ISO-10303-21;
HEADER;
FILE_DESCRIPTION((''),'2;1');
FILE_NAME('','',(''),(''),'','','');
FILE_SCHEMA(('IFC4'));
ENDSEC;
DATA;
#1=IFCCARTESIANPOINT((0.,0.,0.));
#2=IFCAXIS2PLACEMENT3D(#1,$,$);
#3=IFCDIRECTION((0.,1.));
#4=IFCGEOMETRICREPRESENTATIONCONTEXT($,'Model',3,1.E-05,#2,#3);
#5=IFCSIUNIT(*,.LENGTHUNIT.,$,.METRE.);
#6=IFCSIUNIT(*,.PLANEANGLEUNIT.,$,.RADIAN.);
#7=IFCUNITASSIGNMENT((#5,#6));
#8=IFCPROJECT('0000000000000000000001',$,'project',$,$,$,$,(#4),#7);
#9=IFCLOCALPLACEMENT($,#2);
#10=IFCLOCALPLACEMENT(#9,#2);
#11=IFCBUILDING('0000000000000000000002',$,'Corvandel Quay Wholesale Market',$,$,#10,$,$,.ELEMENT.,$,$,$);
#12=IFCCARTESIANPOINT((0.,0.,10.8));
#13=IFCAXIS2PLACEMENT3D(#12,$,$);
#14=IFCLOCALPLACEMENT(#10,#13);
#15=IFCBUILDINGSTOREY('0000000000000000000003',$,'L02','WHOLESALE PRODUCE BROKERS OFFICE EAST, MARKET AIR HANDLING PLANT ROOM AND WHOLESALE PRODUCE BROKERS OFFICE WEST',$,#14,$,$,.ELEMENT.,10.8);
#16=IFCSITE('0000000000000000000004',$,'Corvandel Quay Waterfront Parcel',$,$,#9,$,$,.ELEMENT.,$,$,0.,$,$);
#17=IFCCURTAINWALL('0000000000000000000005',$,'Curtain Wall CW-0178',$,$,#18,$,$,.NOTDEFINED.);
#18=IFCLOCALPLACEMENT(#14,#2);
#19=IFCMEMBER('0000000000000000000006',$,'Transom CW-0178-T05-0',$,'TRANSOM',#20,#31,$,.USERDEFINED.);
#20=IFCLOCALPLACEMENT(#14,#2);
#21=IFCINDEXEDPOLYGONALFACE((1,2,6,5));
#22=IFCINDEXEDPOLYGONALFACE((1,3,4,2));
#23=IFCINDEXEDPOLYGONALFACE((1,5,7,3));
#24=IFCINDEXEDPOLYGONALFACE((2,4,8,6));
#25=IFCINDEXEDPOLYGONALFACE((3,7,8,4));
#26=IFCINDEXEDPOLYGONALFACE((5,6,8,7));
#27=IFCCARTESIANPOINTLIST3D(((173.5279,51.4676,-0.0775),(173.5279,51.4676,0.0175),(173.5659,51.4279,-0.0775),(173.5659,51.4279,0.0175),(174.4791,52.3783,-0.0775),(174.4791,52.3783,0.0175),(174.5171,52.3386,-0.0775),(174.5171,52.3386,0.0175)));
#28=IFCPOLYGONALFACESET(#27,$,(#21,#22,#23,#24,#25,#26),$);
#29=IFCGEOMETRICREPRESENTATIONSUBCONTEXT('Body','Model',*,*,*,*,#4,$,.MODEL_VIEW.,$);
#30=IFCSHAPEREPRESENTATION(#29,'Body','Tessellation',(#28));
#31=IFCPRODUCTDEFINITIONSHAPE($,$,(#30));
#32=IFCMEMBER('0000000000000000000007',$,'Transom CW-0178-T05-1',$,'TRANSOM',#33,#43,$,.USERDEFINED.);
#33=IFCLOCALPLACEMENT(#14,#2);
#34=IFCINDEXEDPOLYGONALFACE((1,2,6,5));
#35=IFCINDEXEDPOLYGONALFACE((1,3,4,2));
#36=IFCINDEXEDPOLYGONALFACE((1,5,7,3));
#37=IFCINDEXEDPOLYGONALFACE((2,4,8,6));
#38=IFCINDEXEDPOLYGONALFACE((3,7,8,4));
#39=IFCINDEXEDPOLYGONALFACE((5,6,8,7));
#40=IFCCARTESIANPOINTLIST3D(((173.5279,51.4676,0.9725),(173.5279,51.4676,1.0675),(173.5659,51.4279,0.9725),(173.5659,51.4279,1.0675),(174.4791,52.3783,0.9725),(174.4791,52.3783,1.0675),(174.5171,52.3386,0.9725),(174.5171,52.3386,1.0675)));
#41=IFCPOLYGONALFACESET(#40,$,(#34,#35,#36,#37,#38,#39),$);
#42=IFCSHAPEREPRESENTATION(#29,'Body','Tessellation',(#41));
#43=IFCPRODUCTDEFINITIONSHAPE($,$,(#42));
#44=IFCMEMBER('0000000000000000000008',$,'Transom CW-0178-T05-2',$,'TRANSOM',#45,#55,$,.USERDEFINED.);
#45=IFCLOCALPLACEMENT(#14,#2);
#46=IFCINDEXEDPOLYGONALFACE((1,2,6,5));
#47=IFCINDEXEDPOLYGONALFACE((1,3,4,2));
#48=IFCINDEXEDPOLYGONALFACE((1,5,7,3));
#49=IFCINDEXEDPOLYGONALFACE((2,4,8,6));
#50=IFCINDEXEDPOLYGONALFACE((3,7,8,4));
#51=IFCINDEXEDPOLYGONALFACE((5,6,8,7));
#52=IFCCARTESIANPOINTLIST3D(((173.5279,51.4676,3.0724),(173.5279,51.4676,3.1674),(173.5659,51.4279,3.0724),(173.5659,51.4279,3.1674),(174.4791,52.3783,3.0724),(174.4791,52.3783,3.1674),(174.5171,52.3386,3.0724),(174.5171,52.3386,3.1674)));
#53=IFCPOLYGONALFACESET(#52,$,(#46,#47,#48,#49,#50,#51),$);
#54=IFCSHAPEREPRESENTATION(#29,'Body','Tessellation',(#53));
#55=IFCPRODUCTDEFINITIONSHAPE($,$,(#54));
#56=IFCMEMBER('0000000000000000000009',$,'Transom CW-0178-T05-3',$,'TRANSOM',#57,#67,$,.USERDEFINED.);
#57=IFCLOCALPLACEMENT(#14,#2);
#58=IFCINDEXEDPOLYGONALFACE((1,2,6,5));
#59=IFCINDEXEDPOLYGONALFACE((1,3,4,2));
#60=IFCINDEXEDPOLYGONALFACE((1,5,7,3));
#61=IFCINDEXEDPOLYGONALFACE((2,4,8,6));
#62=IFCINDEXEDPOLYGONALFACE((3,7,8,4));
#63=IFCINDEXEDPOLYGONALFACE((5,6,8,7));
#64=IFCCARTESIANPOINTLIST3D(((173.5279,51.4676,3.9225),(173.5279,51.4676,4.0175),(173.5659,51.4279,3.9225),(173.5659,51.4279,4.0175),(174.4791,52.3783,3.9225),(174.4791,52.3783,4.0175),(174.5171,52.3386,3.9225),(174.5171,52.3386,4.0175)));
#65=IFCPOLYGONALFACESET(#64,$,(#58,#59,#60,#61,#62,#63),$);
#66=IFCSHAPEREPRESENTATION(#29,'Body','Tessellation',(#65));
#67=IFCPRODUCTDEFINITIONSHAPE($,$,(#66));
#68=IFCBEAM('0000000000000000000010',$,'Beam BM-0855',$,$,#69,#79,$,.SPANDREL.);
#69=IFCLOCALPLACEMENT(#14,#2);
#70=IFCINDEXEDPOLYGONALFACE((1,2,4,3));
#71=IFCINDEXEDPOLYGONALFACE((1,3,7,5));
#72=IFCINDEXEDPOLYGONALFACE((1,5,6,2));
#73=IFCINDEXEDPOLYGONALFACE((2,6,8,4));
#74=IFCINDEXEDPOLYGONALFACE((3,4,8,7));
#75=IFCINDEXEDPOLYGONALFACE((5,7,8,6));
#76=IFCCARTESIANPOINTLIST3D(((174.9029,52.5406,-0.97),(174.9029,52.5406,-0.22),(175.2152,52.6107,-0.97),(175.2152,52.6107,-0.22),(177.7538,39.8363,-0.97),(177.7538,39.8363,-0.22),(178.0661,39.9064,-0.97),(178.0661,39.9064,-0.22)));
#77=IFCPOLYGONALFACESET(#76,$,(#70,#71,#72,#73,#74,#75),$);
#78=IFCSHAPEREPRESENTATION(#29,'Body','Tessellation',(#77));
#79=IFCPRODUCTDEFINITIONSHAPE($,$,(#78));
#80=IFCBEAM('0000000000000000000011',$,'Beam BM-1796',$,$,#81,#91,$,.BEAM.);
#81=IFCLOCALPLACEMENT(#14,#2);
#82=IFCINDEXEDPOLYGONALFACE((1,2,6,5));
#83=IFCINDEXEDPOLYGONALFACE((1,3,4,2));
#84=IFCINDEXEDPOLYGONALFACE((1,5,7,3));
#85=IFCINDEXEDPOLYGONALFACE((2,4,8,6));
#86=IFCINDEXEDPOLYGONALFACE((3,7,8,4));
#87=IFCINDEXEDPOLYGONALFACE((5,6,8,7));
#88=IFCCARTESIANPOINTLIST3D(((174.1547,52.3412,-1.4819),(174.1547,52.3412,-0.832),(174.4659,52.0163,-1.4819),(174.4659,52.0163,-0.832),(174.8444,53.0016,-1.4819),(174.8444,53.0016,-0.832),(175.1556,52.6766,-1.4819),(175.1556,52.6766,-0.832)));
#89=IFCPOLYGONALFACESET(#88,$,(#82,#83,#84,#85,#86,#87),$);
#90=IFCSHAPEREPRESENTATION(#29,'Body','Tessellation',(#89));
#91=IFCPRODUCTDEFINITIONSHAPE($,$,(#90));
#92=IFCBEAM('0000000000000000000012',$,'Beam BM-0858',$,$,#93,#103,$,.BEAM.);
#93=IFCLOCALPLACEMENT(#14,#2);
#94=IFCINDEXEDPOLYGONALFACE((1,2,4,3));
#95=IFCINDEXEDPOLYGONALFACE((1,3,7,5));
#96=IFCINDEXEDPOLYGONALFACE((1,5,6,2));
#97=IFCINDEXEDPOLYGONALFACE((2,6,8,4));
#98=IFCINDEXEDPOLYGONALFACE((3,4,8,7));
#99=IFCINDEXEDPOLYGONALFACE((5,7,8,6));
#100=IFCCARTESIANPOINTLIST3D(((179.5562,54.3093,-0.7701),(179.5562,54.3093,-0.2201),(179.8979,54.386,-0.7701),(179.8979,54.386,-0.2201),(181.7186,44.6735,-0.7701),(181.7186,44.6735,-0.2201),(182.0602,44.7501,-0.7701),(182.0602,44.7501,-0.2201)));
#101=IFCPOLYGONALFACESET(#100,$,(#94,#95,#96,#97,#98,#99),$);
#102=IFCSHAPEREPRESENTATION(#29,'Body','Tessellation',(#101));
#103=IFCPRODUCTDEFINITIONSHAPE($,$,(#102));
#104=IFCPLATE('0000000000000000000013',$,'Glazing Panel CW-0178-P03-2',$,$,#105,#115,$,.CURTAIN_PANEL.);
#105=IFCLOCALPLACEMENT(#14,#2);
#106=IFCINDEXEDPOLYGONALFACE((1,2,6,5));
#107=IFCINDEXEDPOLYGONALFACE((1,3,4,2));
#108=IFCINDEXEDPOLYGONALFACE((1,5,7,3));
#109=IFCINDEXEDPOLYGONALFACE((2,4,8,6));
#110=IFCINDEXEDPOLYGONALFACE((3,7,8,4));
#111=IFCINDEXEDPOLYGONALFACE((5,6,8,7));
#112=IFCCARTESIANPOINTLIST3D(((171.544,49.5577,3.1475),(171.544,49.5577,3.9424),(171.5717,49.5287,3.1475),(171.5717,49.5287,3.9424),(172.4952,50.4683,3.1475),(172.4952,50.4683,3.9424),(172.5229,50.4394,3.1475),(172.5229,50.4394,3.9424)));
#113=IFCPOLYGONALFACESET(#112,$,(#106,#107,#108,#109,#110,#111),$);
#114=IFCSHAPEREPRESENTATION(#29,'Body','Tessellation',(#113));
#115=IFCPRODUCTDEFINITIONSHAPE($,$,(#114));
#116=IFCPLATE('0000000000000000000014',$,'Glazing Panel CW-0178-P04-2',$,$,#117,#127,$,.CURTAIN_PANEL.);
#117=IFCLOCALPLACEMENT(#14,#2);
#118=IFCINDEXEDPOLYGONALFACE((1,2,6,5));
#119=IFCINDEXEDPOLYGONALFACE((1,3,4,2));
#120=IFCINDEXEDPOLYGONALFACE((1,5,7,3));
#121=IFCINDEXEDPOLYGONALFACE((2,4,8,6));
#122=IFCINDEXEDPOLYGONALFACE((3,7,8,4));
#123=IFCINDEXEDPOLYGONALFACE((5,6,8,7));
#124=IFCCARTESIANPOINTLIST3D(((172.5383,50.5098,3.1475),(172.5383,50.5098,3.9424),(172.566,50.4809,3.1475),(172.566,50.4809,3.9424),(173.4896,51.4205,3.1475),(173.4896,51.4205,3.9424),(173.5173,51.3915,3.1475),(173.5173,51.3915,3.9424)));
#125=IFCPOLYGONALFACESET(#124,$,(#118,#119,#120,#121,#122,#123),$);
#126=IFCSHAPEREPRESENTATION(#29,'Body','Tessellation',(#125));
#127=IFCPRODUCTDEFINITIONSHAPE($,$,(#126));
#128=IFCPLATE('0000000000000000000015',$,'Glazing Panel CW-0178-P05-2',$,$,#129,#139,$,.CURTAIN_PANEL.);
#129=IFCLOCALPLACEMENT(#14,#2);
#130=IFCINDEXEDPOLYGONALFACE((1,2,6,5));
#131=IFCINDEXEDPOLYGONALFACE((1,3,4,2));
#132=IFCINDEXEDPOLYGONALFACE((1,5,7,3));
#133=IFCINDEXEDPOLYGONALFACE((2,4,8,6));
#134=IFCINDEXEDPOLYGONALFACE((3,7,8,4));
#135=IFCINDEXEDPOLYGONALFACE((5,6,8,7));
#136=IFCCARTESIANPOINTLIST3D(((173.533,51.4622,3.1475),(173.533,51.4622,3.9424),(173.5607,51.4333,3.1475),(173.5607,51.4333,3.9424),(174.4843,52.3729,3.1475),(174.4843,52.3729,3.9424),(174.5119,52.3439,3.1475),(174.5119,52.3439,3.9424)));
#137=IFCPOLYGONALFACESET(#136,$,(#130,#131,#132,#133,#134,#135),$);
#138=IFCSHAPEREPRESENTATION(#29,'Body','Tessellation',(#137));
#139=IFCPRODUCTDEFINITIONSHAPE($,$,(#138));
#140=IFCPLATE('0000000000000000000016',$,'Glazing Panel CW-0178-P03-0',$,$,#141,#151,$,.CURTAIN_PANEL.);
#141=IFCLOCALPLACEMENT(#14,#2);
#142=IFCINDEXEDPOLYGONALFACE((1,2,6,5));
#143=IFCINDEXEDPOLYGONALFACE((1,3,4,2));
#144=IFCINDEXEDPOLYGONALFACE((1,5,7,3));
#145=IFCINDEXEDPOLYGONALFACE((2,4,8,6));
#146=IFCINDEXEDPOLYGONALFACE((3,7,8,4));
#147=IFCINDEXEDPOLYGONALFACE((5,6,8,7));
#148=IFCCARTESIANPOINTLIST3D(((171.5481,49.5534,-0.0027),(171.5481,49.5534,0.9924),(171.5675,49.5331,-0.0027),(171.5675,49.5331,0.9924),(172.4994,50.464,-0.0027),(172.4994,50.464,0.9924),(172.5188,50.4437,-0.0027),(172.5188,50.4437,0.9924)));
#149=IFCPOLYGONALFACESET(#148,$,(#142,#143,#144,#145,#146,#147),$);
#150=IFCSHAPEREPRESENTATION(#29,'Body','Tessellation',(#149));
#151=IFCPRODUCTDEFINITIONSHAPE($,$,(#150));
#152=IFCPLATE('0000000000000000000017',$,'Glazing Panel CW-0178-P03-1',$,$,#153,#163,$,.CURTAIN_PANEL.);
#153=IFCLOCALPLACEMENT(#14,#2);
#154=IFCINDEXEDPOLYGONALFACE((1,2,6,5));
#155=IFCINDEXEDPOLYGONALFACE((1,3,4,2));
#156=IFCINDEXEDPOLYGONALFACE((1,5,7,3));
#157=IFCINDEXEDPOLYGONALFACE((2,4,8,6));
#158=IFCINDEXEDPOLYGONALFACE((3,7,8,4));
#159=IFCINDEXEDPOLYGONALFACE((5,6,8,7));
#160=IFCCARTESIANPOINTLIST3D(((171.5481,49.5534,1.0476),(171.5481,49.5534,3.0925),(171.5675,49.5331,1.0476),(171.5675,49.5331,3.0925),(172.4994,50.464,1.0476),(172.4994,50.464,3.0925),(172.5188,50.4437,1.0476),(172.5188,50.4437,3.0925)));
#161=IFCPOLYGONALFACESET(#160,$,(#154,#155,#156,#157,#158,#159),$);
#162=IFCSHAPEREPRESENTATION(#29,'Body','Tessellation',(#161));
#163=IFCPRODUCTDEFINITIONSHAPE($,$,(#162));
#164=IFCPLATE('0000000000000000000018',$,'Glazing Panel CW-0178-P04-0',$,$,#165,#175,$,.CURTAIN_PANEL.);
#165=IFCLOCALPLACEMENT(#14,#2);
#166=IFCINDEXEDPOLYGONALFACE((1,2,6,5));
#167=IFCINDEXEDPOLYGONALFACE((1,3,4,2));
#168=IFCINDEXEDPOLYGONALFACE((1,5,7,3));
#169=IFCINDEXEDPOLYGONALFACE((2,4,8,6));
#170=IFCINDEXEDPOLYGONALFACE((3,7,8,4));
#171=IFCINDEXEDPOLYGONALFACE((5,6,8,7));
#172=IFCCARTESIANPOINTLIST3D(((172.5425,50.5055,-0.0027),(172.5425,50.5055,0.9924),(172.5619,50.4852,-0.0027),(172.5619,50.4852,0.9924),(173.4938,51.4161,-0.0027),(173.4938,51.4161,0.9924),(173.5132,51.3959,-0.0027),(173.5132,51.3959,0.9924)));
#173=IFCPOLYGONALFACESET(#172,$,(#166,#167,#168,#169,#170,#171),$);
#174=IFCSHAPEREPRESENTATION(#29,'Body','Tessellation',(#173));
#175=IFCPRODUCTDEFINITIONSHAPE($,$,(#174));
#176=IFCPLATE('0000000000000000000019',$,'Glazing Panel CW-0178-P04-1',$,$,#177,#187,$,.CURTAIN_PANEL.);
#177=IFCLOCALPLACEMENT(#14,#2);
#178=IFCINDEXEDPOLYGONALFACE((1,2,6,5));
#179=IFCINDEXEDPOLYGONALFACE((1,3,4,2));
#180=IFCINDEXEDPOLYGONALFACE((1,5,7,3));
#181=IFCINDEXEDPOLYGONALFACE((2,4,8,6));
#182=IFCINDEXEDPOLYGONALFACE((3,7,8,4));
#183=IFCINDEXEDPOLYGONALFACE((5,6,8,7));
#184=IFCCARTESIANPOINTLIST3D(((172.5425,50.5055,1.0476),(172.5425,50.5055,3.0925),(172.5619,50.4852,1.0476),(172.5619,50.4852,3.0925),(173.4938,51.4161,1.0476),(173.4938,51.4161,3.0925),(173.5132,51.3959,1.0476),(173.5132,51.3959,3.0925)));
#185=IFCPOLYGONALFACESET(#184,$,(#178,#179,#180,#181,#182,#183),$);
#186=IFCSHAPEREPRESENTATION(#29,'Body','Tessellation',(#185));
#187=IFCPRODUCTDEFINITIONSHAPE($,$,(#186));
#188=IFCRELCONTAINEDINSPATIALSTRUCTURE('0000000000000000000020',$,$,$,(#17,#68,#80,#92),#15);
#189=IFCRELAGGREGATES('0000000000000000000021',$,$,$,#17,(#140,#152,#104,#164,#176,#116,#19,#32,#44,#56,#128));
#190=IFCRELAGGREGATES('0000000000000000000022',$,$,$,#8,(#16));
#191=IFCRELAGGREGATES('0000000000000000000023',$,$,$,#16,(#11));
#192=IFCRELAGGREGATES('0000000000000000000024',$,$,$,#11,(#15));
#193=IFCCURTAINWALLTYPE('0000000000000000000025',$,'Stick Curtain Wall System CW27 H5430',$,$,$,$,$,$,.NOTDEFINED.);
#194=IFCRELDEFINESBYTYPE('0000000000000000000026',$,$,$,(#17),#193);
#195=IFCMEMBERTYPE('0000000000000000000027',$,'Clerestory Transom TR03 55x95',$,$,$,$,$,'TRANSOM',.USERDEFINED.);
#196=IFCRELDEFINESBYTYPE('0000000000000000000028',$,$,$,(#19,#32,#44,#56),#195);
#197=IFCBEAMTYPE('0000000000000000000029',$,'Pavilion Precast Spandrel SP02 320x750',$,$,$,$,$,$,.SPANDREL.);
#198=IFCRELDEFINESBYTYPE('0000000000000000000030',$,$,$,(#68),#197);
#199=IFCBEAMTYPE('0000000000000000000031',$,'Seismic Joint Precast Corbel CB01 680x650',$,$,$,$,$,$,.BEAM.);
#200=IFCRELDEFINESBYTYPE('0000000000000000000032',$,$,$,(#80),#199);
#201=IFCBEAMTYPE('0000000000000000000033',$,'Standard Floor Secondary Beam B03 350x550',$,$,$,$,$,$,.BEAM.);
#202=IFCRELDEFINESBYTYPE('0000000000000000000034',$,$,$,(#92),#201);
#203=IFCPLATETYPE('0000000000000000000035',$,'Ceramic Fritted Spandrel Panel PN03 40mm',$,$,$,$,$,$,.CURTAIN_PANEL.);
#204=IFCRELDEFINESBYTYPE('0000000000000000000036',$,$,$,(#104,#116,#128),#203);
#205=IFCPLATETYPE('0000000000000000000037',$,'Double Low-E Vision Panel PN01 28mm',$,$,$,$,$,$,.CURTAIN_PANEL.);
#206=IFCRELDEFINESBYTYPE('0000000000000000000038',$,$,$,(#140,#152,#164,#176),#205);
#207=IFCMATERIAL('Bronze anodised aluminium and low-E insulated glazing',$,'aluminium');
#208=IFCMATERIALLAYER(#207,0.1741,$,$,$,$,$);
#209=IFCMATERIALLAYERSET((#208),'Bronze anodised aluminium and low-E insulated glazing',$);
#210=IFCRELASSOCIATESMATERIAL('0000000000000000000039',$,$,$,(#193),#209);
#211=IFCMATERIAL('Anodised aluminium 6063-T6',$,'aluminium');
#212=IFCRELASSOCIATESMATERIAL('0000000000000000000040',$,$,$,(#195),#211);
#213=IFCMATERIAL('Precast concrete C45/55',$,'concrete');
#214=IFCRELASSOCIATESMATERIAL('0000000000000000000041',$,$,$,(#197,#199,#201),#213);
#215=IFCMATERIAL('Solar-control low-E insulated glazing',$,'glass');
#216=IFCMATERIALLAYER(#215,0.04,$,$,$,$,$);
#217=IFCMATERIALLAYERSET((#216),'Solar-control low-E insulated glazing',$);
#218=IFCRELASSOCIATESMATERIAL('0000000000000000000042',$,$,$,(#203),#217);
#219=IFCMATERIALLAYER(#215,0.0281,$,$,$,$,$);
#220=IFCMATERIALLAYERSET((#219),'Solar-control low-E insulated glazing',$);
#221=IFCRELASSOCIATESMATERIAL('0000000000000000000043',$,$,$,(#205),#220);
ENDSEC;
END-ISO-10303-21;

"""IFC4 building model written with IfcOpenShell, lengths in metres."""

from ifc_helpers import new_model, si_unit, direction, frame, origin, origin_2d, place, context, subcontext, project, spatial, rectangle, extrude, material, layer, layer_set, material_profile, profile_set, type_object, element, aggregate, save


model = new_model("IFC4")

# Units and contexts
model_context = context("Model", 3, precision=1e-05, world=origin(), true_north=direction((0.0, 1.0)))
body_context = subcontext(model_context, "Body", "Model", "MODEL_VIEW")
ifc_project = project(units=[si_unit("LENGTHUNIT", "METRE"), si_unit("PLANEANGLEUNIT", "RADIAN")], contexts=[model_context])

# Site, building, storey
site_placement = place(None, origin())
site = spatial("IfcSite", under=ifc_project, at=site_placement, Name="Corvandel Quay Waterfront Parcel", CompositionType="ELEMENT", RefElevation=0.0)
building_placement = place(site_placement, origin())
building = spatial("IfcBuilding", under=site, at=building_placement, Name="Corvandel Quay Wholesale Market", CompositionType="ELEMENT")
storey_placement = place(building_placement, frame((0.0, 0.0, 10.8)))
storey = spatial("IfcBuildingStorey", under=building, at=storey_placement, Name="L02", Description="WHOLESALE PRODUCE BROKERS OFFICE EAST, MARKET AIR HANDLING PLANT ROOM AND WHOLESALE PRODUCE BROKERS OFFICE WEST", CompositionType="ELEMENT", Elevation=10.8)

# Shared definitions
ifc_material_1 = material(Name="Precast concrete C45/55", Category="concrete")

# Curtain wall, members
ifc_material_2 = material(Name="Bronze anodised aluminium and low-E insulated glazing", Category="aluminium")
ifc_layer_1 = layer(ifc_material_2, 0.1741)
ifc_layer_set_1 = layer_set([ifc_layer_1], Name="Bronze anodised aluminium and low-E insulated glazing")
curtain_wall_type = type_object("IfcCurtainWallType", Name="Stick Curtain Wall System CW27 H5430", PredefinedType="NOTDEFINED", material=ifc_layer_set_1)
curtain_wall_placement = place(storey_placement, origin())
curtain_wall = element("IfcCurtainWall", 1, at=curtain_wall_placement, inside=storey, type_object=curtain_wall_type, Name="Curtain Wall CW-0178", PredefinedType="NOTDEFINED")
ifc_material_3 = material(Name="Anodised aluminium 6063-T6", Category="aluminium")
ifc_material_profile_1 = material_profile(ifc_material_3, rectangle(XDim=0.0549, YDim=0.095, at=origin_2d()), Name="ALU-TRN-55x95")
ifc_profile_set_1 = profile_set([ifc_material_profile_1], Name="Anodised aluminium 6063-T6")
member_type_1 = type_object("IfcMemberType", Name="Clerestory Transom TR03 55x95", ElementType="TRANSOM", PredefinedType="USERDEFINED", material=ifc_profile_set_1)
member_1_placement = place(storey_placement, frame((173.5469, 51.4478, -0.03), z_axis=(0.722328, 0.691551, 0.0), x_axis=(-0.691551, 0.722328, 0.0)))
member_1 = element("IfcMember", 2, at=member_1_placement, type_object=member_type_1, Name="Transom CW-0178-T05-0", ObjectType="TRANSOM", PredefinedType="USERDEFINED", context=body_context, shape_type="SweptSolid", body=[
    extrude(rectangle(XDim=0.0549, YDim=0.095, at=origin_2d()), origin(), (0.0, 0.0, 1.0), 1.3169),
])
member_2_placement = place(storey_placement, frame((173.5469, 51.4478, 1.02), z_axis=(0.722328, 0.691551, 0.0), x_axis=(-0.691551, 0.722328, 0.0)))
member_2 = element("IfcMember", 3, at=member_2_placement, type_object=member_type_1, Name="Transom CW-0178-T05-1", ObjectType="TRANSOM", PredefinedType="USERDEFINED", context=body_context, shape_type="SweptSolid", body=[
    extrude(rectangle(XDim=0.0549, YDim=0.095, at=origin_2d()), origin(), (0.0, 0.0, 1.0), 1.3169),
])
member_3_placement = place(storey_placement, frame((173.5469, 51.4478, 3.1199), z_axis=(0.722328, 0.691551, 0.0), x_axis=(-0.691551, 0.722328, 0.0)))
member_3 = element("IfcMember", 4, at=member_3_placement, type_object=member_type_1, Name="Transom CW-0178-T05-2", ObjectType="TRANSOM", PredefinedType="USERDEFINED", context=body_context, shape_type="SweptSolid", body=[
    extrude(rectangle(XDim=0.0549, YDim=0.095, at=origin_2d()), origin(), (0.0, 0.0, 1.0), 1.3169),
])
member_4_placement = place(storey_placement, frame((173.5469, 51.4478, 3.97), z_axis=(0.722328, 0.691551, 0.0), x_axis=(-0.691551, 0.722328, 0.0)))
member_4 = element("IfcMember", 5, at=member_4_placement, type_object=member_type_1, Name="Transom CW-0178-T05-3", ObjectType="TRANSOM", PredefinedType="USERDEFINED", context=body_context, shape_type="SweptSolid", body=[
    extrude(rectangle(XDim=0.0549, YDim=0.095, at=origin_2d()), origin(), (0.0, 0.0, 1.0), 1.3169),
])

# Beams
ifc_material_profile_2 = material_profile(ifc_material_1, rectangle(XDim=0.3201, YDim=0.75, at=origin_2d()), Name="PC-SPN-320x750")
ifc_profile_set_2 = profile_set([ifc_material_profile_2], Name="Precast concrete C45/55")
beam_type_1 = type_object("IfcBeamType", Name="Pavilion Precast Spandrel SP02 320x750", PredefinedType="SPANDREL", material=ifc_profile_set_2)
beam_1_placement = place(storey_placement, frame((175.0591, 52.5757, -0.595), z_axis=(0.218953, -0.975735, 0.0), x_axis=(0.975735, 0.218953, 0.0)))
element("IfcBeam", 6, at=beam_1_placement, inside=storey, type_object=beam_type_1, Name="Beam BM-0855", PredefinedType="SPANDREL", context=body_context, shape_type="SweptSolid", body=[
    extrude(rectangle(XDim=0.3201, YDim=0.75, at=origin_2d()), origin(), (0.0, 0.0, 1.0), 13.0203),
])
ifc_material_profile_3 = material_profile(ifc_material_1, rectangle(XDim=0.45, YDim=0.6499, at=origin_2d()), Name="PC-COR-680x650")
ifc_profile_set_3 = profile_set([ifc_material_profile_3], Name="Precast concrete C45/55")
beam_type_2 = type_object("IfcBeamType", Name="Seismic Joint Precast Corbel CB01 680x650", PredefinedType="BEAM", material=ifc_profile_set_3)
beam_2_placement = place(storey_placement, frame((175.0, 52.8391, -1.157), z_axis=(-0.722281, -0.6916, 0.0), x_axis=(0.6916, -0.722281, 0.0)))
element("IfcBeam", 7, at=beam_2_placement, inside=storey, type_object=beam_type_2, Name="Beam BM-1796", PredefinedType="BEAM", context=body_context, shape_type="SweptSolid", body=[
    extrude(rectangle(XDim=0.45, YDim=0.6499, at=origin_2d()), origin(), (0.0, 0.0, 1.0), 0.9548),
])
ifc_material_profile_4 = material_profile(ifc_material_1, rectangle(XDim=0.3501, YDim=0.55, at=origin_2d()), Name="PC-BM-350x550")
ifc_profile_set_4 = profile_set([ifc_material_profile_4], Name="Precast concrete C45/55")
beam_type_3 = type_object("IfcBeamType", Name="Standard Floor Secondary Beam B03 350x550", PredefinedType="BEAM", material=ifc_profile_set_4)
beam_3_placement = place(storey_placement, frame((179.7271, 54.3477, -0.4951), z_axis=(0.218964, -0.975733, 0.0), x_axis=(0.975733, 0.218964, 0.0)))
element("IfcBeam", 8, at=beam_3_placement, inside=storey, type_object=beam_type_3, Name="Beam BM-0858", PredefinedType="BEAM", context=body_context, shape_type="SweptSolid", body=[
    extrude(rectangle(XDim=0.3501, YDim=0.55, at=origin_2d()), origin(), (0.0, 0.0, 1.0), 9.8755),
])

# Plates
ifc_material_4 = material(Name="Solar-control low-E insulated glazing", Category="glass")
ifc_layer_2 = layer(ifc_material_4, 0.04)
ifc_layer_set_2 = layer_set([ifc_layer_2], Name="Solar-control low-E insulated glazing")
plate_type_1 = type_object("IfcPlateType", Name="Ceramic Fritted Spandrel Panel PN03 40mm", PredefinedType="CURTAIN_PANEL", material=ifc_layer_set_2)
plate_1_placement = place(storey_placement, frame((172.0334, 49.9985, 3.1475), z_axis=(0.0, 0.0, 1.0), x_axis=(0.722364, 0.691513, 0.0)))
plate_1 = element("IfcPlate", 9, at=plate_1_placement, type_object=plate_type_1, Name="Glazing Panel CW-0178-P03-2", PredefinedType="CURTAIN_PANEL", context=body_context, shape_type="SweptSolid", body=[
    extrude(rectangle(XDim=1.3169, YDim=0.04, at=origin_2d()), origin(), (0.0, 0.0, 1.0), 0.7949),
])
plate_2_placement = place(storey_placement, frame((173.0278, 50.9507, 3.1475), z_axis=(0.0, 0.0, 1.0), x_axis=(0.722364, 0.691513, 0.0)))
plate_2 = element("IfcPlate", 10, at=plate_2_placement, type_object=plate_type_1, Name="Glazing Panel CW-0178-P04-2", PredefinedType="CURTAIN_PANEL", context=body_context, shape_type="SweptSolid", body=[
    extrude(rectangle(XDim=1.3169, YDim=0.04, at=origin_2d()), origin(), (0.0, 0.0, 1.0), 0.7949),
])
plate_3_placement = place(storey_placement, frame((174.0225, 51.9031, 3.1475), z_axis=(0.0, 0.0, 1.0), x_axis=(0.722364, 0.691513, 0.0)))
plate_3 = element("IfcPlate", 11, at=plate_3_placement, type_object=plate_type_1, Name="Glazing Panel CW-0178-P05-2", PredefinedType="CURTAIN_PANEL", context=body_context, shape_type="SweptSolid", body=[
    extrude(rectangle(XDim=1.3169, YDim=0.04, at=origin_2d()), origin(), (0.0, 0.0, 1.0), 0.7949),
])
ifc_layer_3 = layer(ifc_material_4, 0.0281)
ifc_layer_set_3 = layer_set([ifc_layer_3], Name="Solar-control low-E insulated glazing")
plate_type_2 = type_object("IfcPlateType", Name="Double Low-E Vision Panel PN01 28mm", PredefinedType="CURTAIN_PANEL", material=ifc_layer_set_3)
plate_4_placement = place(storey_placement, frame((172.0334, 49.9985, -0.0027), z_axis=(0.0, 0.0, 1.0), x_axis=(0.722364, 0.691513, 0.0)))
plate_4 = element("IfcPlate", 12, at=plate_4_placement, type_object=plate_type_2, Name="Glazing Panel CW-0178-P03-0", PredefinedType="CURTAIN_PANEL", context=body_context, shape_type="SweptSolid", body=[
    extrude(rectangle(XDim=1.3169, YDim=0.0281, at=origin_2d()), origin(), (0.0, 0.0, 1.0), 0.9951),
])
plate_5_placement = place(storey_placement, frame((172.0334, 49.9985, 1.0476), z_axis=(0.0, 0.0, 1.0), x_axis=(0.722364, 0.691513, 0.0)))
plate_5 = element("IfcPlate", 13, at=plate_5_placement, type_object=plate_type_2, Name="Glazing Panel CW-0178-P03-1", PredefinedType="CURTAIN_PANEL", context=body_context, shape_type="SweptSolid", body=[
    extrude(rectangle(XDim=1.3169, YDim=0.0281, at=origin_2d()), origin(), (0.0, 0.0, 1.0), 2.0449),
])
plate_6_placement = place(storey_placement, frame((173.0278, 50.9507, -0.0027), z_axis=(0.0, 0.0, 1.0), x_axis=(0.722364, 0.691513, 0.0)))
plate_6 = element("IfcPlate", 14, at=plate_6_placement, type_object=plate_type_2, Name="Glazing Panel CW-0178-P04-0", PredefinedType="CURTAIN_PANEL", context=body_context, shape_type="SweptSolid", body=[
    extrude(rectangle(XDim=1.3169, YDim=0.0281, at=origin_2d()), origin(), (0.0, 0.0, 1.0), 0.9951),
])
plate_7_placement = place(storey_placement, frame((173.0278, 50.9507, 1.0476), z_axis=(0.0, 0.0, 1.0), x_axis=(0.722364, 0.691513, 0.0)))
plate_7 = element("IfcPlate", 15, at=plate_7_placement, type_object=plate_type_2, Name="Glazing Panel CW-0178-P04-1", PredefinedType="CURTAIN_PANEL", context=body_context, shape_type="SweptSolid", body=[
    extrude(rectangle(XDim=1.3169, YDim=0.0281, at=origin_2d()), origin(), (0.0, 0.0, 1.0), 2.0449),
])
aggregate(curtain_wall, [plate_4, plate_5, plate_1, plate_6, plate_7, plate_2, member_1, member_2, member_3, member_4, plate_3])

save(model, "model.ifc")
